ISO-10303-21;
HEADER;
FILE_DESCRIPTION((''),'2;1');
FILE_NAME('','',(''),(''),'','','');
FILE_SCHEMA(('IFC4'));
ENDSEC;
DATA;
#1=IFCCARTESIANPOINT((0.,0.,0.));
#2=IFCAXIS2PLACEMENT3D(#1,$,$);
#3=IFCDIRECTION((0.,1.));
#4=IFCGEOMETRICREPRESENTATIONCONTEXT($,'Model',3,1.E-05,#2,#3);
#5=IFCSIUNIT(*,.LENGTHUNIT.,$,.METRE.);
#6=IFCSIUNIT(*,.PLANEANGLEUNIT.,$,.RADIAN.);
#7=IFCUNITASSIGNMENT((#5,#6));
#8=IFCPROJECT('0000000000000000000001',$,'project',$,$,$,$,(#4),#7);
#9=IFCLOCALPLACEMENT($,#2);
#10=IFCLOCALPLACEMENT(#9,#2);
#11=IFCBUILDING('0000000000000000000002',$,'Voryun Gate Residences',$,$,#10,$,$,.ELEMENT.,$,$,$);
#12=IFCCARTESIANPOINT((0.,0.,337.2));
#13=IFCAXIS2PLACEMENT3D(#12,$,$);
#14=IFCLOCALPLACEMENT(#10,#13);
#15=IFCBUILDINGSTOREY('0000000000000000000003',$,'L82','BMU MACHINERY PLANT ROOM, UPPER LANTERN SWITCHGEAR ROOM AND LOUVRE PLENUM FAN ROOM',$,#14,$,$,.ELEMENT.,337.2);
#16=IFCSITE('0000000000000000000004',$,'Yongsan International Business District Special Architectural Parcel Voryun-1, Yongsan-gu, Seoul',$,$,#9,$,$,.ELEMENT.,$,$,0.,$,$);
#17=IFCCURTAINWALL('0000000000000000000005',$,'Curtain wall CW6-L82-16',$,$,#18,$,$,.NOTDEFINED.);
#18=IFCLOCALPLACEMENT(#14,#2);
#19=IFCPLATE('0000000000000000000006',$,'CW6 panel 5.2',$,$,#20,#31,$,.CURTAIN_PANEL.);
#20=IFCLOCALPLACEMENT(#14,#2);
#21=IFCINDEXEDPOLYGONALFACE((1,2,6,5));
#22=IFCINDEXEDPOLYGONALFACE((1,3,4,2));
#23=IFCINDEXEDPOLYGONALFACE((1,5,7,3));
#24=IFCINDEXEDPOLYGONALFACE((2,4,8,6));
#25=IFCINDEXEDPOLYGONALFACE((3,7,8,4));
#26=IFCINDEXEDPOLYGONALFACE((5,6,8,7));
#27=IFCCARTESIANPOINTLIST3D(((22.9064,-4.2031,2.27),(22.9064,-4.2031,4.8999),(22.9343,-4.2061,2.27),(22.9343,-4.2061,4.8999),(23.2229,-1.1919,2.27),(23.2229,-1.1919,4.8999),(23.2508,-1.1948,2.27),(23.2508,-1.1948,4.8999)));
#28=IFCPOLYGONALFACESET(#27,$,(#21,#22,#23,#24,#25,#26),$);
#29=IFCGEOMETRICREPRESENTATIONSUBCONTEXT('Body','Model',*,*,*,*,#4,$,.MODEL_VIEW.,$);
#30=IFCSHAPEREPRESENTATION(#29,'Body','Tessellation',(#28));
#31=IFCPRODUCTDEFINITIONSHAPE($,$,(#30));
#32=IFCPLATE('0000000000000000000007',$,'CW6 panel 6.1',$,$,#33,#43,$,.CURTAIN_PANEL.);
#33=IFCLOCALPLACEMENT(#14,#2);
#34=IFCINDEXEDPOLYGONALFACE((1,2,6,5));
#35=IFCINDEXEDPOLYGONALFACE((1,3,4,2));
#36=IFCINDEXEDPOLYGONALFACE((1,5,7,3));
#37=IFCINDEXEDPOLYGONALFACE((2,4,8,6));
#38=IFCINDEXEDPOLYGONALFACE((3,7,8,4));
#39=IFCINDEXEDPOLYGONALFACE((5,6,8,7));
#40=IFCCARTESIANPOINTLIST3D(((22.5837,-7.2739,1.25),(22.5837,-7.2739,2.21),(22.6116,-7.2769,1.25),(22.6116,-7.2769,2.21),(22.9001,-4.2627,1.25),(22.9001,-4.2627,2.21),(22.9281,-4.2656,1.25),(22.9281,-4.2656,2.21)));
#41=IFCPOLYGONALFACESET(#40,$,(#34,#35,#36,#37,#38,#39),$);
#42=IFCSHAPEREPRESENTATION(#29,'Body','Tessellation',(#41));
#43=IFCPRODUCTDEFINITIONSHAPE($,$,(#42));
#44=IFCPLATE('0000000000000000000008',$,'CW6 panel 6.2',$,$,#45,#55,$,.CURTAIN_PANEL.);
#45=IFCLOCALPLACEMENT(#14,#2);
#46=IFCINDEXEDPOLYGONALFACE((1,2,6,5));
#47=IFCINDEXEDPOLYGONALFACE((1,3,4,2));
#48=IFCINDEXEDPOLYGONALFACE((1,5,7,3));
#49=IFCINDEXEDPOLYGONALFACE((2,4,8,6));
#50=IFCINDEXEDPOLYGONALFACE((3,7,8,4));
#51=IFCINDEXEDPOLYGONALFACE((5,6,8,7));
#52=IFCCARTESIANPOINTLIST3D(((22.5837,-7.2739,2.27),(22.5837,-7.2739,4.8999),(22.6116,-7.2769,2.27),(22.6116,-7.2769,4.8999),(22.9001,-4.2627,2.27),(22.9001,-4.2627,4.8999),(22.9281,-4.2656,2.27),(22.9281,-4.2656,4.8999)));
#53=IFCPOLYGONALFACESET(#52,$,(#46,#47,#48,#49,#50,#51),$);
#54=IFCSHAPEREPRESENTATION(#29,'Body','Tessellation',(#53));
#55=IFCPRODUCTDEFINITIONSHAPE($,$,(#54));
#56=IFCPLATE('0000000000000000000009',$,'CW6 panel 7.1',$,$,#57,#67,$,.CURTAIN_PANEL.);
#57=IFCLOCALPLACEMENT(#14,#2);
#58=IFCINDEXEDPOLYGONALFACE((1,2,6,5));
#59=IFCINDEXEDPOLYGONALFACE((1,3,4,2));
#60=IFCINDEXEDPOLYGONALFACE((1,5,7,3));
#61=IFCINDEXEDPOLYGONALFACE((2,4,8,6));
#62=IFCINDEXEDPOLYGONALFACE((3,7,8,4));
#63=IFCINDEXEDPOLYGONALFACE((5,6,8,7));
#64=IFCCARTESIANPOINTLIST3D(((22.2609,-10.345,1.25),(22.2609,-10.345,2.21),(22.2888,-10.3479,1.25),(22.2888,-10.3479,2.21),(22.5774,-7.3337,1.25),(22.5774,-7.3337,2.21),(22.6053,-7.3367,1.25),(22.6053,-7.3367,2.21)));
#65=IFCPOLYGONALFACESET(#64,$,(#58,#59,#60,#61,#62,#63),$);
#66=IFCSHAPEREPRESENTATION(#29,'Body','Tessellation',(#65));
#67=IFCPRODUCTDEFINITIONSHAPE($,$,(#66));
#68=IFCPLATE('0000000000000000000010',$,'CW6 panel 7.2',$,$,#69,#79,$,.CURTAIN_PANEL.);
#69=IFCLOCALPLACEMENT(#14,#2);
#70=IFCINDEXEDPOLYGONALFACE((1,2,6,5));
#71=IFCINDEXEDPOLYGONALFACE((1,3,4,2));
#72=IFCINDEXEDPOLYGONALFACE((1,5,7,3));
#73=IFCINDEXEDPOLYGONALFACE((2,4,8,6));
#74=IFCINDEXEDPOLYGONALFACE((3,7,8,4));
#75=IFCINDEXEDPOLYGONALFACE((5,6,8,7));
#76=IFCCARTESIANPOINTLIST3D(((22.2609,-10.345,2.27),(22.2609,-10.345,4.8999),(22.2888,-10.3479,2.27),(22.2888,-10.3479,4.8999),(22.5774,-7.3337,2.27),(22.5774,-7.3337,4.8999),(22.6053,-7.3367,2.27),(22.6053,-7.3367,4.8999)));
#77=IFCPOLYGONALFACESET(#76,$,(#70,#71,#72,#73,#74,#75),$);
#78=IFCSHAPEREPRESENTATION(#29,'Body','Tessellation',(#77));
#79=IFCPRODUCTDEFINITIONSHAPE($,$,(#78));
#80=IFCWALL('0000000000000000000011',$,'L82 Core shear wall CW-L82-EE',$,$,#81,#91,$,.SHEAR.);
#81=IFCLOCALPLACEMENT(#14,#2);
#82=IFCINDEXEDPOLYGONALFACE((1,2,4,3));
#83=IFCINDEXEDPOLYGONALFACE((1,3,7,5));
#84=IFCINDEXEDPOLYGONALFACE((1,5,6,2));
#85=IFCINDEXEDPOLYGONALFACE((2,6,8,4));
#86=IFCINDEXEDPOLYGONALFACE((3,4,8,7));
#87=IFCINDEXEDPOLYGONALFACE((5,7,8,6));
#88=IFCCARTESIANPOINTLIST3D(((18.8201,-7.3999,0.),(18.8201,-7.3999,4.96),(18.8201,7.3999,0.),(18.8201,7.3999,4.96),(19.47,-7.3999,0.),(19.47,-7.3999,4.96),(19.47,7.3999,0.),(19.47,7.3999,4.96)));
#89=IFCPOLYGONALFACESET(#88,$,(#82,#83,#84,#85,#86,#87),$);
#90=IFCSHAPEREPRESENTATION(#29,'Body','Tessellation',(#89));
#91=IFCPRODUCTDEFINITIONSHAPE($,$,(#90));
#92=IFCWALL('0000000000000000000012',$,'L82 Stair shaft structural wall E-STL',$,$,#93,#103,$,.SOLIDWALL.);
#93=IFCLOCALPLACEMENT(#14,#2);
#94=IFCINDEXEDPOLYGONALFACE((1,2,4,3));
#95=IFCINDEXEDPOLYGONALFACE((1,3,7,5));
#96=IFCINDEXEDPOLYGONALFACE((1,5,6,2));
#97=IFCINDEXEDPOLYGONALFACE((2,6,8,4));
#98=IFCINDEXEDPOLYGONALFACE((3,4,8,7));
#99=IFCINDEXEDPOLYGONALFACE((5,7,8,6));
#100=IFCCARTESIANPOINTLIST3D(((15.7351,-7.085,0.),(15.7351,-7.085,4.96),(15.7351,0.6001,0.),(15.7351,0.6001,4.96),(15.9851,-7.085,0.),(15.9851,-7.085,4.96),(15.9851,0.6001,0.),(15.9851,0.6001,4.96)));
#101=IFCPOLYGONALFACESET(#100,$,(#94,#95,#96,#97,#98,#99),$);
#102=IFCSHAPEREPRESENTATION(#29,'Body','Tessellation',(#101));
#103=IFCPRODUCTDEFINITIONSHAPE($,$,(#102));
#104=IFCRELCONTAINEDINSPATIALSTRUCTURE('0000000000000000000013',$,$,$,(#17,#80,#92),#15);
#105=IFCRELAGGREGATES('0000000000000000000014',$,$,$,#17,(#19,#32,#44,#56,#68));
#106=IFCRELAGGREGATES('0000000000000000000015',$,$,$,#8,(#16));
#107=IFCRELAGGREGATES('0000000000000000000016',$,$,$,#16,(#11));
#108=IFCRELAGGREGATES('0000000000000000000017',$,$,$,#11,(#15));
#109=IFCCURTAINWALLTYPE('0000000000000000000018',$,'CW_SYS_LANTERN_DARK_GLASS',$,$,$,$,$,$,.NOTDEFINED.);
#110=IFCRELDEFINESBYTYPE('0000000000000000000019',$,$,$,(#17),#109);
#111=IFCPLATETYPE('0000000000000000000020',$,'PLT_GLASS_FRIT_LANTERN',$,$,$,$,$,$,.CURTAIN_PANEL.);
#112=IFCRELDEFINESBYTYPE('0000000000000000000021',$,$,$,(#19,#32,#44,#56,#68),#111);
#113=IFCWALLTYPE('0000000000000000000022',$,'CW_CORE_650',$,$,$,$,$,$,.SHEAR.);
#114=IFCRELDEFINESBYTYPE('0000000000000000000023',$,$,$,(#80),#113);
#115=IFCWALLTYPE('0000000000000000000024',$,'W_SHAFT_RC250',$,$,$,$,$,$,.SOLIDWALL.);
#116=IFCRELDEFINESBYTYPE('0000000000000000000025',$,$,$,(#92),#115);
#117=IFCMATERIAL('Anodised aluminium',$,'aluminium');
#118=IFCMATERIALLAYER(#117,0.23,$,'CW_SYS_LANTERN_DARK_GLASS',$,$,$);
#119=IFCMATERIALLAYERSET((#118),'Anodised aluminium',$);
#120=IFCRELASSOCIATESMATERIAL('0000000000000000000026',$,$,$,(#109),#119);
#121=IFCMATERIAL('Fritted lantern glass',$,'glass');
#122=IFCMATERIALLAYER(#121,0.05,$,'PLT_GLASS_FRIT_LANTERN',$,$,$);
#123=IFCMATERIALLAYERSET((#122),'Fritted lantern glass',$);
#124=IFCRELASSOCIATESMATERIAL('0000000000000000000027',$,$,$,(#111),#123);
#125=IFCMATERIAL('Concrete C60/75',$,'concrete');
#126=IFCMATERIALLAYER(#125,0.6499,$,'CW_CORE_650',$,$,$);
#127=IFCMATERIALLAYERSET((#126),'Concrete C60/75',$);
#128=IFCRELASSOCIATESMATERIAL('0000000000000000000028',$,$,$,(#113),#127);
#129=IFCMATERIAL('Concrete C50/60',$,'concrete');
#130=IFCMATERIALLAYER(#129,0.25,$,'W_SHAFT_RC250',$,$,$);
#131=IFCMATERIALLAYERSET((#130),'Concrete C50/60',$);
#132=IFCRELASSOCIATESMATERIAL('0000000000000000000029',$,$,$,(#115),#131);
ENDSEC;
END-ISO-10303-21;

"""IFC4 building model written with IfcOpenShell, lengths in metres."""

from ifc_helpers import new_model, si_unit, direction, frame, frame_2d, origin, origin_2d, place, context, subcontext, project, spatial, rectangle, extrude, material, layer, layer_set, type_object, element, aggregate, save


model = new_model("IFC4")

# Units and contexts
model_context = context("Model", 3, precision=1e-05, world=origin(), true_north=direction((0.0, 1.0)))
body_context = subcontext(model_context, "Body", "Model", "MODEL_VIEW")
ifc_project = project(units=[si_unit("LENGTHUNIT", "METRE"), si_unit("PLANEANGLEUNIT", "RADIAN")], contexts=[model_context])

# Site, building, storey
site_placement = place(None, origin())
site = spatial("IfcSite", under=ifc_project, at=site_placement, Name="Yongsan International Business District Special Architectural Parcel Voryun-1, Yongsan-gu, Seoul", CompositionType="ELEMENT", RefElevation=0.0)
building_placement = place(site_placement, origin())
building = spatial("IfcBuilding", under=site, at=building_placement, Name="Voryun Gate Residences", CompositionType="ELEMENT")
storey_placement = place(building_placement, frame((0.0, 0.0, 337.2)))
storey = spatial("IfcBuildingStorey", under=building, at=storey_placement, Name="L82", Description="BMU MACHINERY PLANT ROOM, UPPER LANTERN SWITCHGEAR ROOM AND LOUVRE PLENUM FAN ROOM", CompositionType="ELEMENT", Elevation=337.2)

# Curtain wall
ifc_material_1 = material(Name="Anodised aluminium", Category="aluminium")
ifc_layer_1 = layer(ifc_material_1, 0.23, Name="CW_SYS_LANTERN_DARK_GLASS")
ifc_layer_set_1 = layer_set([ifc_layer_1], Name="Anodised aluminium")
curtain_wall_type = type_object("IfcCurtainWallType", Name="CW_SYS_LANTERN_DARK_GLASS", PredefinedType="NOTDEFINED", material=ifc_layer_set_1)
curtain_wall_placement = place(storey_placement, origin())
curtain_wall = element("IfcCurtainWall", 1, at=curtain_wall_placement, inside=storey, type_object=curtain_wall_type, Name="Curtain wall CW6-L82-16", PredefinedType="NOTDEFINED")

# Plates
ifc_material_2 = material(Name="Fritted lantern glass", Category="glass")
ifc_layer_2 = layer(ifc_material_2, 0.05, Name="PLT_GLASS_FRIT_LANTERN")
ifc_layer_set_2 = layer_set([ifc_layer_2], Name="Fritted lantern glass")
plate_type_1 = type_object("IfcPlateType", Name="PLT_GLASS_FRIT_LANTERN", PredefinedType="CURTAIN_PANEL", material=ifc_layer_set_2)
plate_1_placement = place(storey_placement, frame((23.0786, -2.699, 2.27), z_axis=(0.0, 0.0, 1.0), x_axis=(-0.104528, -0.994522, 0.0)))
plate_1 = element("IfcPlate", 2, at=plate_1_placement, type_object=plate_type_1, Name="CW6 panel 5.2", PredefinedType="CURTAIN_PANEL", context=body_context, shape_type="SweptSolid", body=[
    extrude(rectangle(XDim=3.0278, YDim=0.0281, at=origin_2d()), origin(), (0.0, 0.0, 1.0), 2.6299),
])
plate_2_placement = place(storey_placement, frame((22.7559, -5.7698, 1.25), z_axis=(0.0, 0.0, 1.0), x_axis=(-0.104528, -0.994522, 0.0)))
plate_2 = element("IfcPlate", 3, at=plate_2_placement, type_object=plate_type_1, Name="CW6 panel 6.1", PredefinedType="CURTAIN_PANEL", context=body_context, shape_type="SweptSolid", body=[
    extrude(rectangle(XDim=3.0278, YDim=0.0281, at=origin_2d()), origin(), (0.0, 0.0, 1.0), 0.96),
])
plate_3_placement = place(storey_placement, frame((22.7559, -5.7698, 2.27), z_axis=(0.0, 0.0, 1.0), x_axis=(-0.104528, -0.994522, 0.0)))
plate_3 = element("IfcPlate", 4, at=plate_3_placement, type_object=plate_type_1, Name="CW6 panel 6.2", PredefinedType="CURTAIN_PANEL", context=body_context, shape_type="SweptSolid", body=[
    extrude(rectangle(XDim=3.0278, YDim=0.0281, at=origin_2d()), origin(), (0.0, 0.0, 1.0), 2.6299),
])
plate_4_placement = place(storey_placement, frame((22.4331, -8.8408, 1.25), z_axis=(0.0, 0.0, 1.0), x_axis=(-0.104528, -0.994522, 0.0)))
plate_4 = element("IfcPlate", 5, at=plate_4_placement, type_object=plate_type_1, Name="CW6 panel 7.1", PredefinedType="CURTAIN_PANEL", context=body_context, shape_type="SweptSolid", body=[
    extrude(rectangle(XDim=3.0278, YDim=0.0281, at=origin_2d()), origin(), (0.0, 0.0, 1.0), 0.96),
])
plate_5_placement = place(storey_placement, frame((22.4331, -8.8408, 2.27), z_axis=(0.0, 0.0, 1.0), x_axis=(-0.104528, -0.994522, 0.0)))
plate_5 = element("IfcPlate", 6, at=plate_5_placement, type_object=plate_type_1, Name="CW6 panel 7.2", PredefinedType="CURTAIN_PANEL", context=body_context, shape_type="SweptSolid", body=[
    extrude(rectangle(XDim=3.0278, YDim=0.0281, at=origin_2d()), origin(), (0.0, 0.0, 1.0), 2.6299),
])
aggregate(curtain_wall, [plate_1, plate_2, plate_3, plate_4, plate_5])

# Walls
ifc_material_3 = material(Name="Concrete C60/75", Category="concrete")
ifc_layer_3 = layer(ifc_material_3, 0.6499, Name="CW_CORE_650")
ifc_layer_set_3 = layer_set([ifc_layer_3], Name="Concrete C60/75")
wall_type_1 = type_object("IfcWallType", Name="CW_CORE_650", PredefinedType="SHEAR", material=ifc_layer_set_3)
wall_1_placement = place(storey_placement, frame((19.145, -7.3999, 0.0), z_axis=(0.0, 0.0, 1.0), x_axis=(0.0, 1.0, 0.0)))
element("IfcWall", 7, at=wall_1_placement, inside=storey, type_object=wall_type_1, Name="L82 Core shear wall CW-L82-EE", PredefinedType="SHEAR", context=body_context, shape_type="SweptSolid", body=[
    extrude(rectangle(XDim=14.7998, YDim=0.6499, at=frame_2d((7.3999, 0.0))), origin(), (0.0, 0.0, 1.0), 4.96),
])
ifc_material_4 = material(Name="Concrete C50/60", Category="concrete")
ifc_layer_4 = layer(ifc_material_4, 0.25, Name="W_SHAFT_RC250")
ifc_layer_set_4 = layer_set([ifc_layer_4], Name="Concrete C50/60")
wall_type_2 = type_object("IfcWallType", Name="W_SHAFT_RC250", PredefinedType="SOLIDWALL", material=ifc_layer_set_4)
wall_2_placement = place(storey_placement, frame((15.8601, -7.085, 0.0), z_axis=(0.0, 0.0, 1.0), x_axis=(0.0, 1.0, 0.0)))
element("IfcWall", 8, at=wall_2_placement, inside=storey, type_object=wall_type_2, Name="L82 Stair shaft structural wall E-STL", PredefinedType="SOLIDWALL", context=body_context, shape_type="SweptSolid", body=[
    extrude(rectangle(XDim=7.6851, YDim=0.25, at=frame_2d((3.8425, 0.0))), origin(), (0.0, 0.0, 1.0), 4.96),
])

save(model, "model.ifc")
